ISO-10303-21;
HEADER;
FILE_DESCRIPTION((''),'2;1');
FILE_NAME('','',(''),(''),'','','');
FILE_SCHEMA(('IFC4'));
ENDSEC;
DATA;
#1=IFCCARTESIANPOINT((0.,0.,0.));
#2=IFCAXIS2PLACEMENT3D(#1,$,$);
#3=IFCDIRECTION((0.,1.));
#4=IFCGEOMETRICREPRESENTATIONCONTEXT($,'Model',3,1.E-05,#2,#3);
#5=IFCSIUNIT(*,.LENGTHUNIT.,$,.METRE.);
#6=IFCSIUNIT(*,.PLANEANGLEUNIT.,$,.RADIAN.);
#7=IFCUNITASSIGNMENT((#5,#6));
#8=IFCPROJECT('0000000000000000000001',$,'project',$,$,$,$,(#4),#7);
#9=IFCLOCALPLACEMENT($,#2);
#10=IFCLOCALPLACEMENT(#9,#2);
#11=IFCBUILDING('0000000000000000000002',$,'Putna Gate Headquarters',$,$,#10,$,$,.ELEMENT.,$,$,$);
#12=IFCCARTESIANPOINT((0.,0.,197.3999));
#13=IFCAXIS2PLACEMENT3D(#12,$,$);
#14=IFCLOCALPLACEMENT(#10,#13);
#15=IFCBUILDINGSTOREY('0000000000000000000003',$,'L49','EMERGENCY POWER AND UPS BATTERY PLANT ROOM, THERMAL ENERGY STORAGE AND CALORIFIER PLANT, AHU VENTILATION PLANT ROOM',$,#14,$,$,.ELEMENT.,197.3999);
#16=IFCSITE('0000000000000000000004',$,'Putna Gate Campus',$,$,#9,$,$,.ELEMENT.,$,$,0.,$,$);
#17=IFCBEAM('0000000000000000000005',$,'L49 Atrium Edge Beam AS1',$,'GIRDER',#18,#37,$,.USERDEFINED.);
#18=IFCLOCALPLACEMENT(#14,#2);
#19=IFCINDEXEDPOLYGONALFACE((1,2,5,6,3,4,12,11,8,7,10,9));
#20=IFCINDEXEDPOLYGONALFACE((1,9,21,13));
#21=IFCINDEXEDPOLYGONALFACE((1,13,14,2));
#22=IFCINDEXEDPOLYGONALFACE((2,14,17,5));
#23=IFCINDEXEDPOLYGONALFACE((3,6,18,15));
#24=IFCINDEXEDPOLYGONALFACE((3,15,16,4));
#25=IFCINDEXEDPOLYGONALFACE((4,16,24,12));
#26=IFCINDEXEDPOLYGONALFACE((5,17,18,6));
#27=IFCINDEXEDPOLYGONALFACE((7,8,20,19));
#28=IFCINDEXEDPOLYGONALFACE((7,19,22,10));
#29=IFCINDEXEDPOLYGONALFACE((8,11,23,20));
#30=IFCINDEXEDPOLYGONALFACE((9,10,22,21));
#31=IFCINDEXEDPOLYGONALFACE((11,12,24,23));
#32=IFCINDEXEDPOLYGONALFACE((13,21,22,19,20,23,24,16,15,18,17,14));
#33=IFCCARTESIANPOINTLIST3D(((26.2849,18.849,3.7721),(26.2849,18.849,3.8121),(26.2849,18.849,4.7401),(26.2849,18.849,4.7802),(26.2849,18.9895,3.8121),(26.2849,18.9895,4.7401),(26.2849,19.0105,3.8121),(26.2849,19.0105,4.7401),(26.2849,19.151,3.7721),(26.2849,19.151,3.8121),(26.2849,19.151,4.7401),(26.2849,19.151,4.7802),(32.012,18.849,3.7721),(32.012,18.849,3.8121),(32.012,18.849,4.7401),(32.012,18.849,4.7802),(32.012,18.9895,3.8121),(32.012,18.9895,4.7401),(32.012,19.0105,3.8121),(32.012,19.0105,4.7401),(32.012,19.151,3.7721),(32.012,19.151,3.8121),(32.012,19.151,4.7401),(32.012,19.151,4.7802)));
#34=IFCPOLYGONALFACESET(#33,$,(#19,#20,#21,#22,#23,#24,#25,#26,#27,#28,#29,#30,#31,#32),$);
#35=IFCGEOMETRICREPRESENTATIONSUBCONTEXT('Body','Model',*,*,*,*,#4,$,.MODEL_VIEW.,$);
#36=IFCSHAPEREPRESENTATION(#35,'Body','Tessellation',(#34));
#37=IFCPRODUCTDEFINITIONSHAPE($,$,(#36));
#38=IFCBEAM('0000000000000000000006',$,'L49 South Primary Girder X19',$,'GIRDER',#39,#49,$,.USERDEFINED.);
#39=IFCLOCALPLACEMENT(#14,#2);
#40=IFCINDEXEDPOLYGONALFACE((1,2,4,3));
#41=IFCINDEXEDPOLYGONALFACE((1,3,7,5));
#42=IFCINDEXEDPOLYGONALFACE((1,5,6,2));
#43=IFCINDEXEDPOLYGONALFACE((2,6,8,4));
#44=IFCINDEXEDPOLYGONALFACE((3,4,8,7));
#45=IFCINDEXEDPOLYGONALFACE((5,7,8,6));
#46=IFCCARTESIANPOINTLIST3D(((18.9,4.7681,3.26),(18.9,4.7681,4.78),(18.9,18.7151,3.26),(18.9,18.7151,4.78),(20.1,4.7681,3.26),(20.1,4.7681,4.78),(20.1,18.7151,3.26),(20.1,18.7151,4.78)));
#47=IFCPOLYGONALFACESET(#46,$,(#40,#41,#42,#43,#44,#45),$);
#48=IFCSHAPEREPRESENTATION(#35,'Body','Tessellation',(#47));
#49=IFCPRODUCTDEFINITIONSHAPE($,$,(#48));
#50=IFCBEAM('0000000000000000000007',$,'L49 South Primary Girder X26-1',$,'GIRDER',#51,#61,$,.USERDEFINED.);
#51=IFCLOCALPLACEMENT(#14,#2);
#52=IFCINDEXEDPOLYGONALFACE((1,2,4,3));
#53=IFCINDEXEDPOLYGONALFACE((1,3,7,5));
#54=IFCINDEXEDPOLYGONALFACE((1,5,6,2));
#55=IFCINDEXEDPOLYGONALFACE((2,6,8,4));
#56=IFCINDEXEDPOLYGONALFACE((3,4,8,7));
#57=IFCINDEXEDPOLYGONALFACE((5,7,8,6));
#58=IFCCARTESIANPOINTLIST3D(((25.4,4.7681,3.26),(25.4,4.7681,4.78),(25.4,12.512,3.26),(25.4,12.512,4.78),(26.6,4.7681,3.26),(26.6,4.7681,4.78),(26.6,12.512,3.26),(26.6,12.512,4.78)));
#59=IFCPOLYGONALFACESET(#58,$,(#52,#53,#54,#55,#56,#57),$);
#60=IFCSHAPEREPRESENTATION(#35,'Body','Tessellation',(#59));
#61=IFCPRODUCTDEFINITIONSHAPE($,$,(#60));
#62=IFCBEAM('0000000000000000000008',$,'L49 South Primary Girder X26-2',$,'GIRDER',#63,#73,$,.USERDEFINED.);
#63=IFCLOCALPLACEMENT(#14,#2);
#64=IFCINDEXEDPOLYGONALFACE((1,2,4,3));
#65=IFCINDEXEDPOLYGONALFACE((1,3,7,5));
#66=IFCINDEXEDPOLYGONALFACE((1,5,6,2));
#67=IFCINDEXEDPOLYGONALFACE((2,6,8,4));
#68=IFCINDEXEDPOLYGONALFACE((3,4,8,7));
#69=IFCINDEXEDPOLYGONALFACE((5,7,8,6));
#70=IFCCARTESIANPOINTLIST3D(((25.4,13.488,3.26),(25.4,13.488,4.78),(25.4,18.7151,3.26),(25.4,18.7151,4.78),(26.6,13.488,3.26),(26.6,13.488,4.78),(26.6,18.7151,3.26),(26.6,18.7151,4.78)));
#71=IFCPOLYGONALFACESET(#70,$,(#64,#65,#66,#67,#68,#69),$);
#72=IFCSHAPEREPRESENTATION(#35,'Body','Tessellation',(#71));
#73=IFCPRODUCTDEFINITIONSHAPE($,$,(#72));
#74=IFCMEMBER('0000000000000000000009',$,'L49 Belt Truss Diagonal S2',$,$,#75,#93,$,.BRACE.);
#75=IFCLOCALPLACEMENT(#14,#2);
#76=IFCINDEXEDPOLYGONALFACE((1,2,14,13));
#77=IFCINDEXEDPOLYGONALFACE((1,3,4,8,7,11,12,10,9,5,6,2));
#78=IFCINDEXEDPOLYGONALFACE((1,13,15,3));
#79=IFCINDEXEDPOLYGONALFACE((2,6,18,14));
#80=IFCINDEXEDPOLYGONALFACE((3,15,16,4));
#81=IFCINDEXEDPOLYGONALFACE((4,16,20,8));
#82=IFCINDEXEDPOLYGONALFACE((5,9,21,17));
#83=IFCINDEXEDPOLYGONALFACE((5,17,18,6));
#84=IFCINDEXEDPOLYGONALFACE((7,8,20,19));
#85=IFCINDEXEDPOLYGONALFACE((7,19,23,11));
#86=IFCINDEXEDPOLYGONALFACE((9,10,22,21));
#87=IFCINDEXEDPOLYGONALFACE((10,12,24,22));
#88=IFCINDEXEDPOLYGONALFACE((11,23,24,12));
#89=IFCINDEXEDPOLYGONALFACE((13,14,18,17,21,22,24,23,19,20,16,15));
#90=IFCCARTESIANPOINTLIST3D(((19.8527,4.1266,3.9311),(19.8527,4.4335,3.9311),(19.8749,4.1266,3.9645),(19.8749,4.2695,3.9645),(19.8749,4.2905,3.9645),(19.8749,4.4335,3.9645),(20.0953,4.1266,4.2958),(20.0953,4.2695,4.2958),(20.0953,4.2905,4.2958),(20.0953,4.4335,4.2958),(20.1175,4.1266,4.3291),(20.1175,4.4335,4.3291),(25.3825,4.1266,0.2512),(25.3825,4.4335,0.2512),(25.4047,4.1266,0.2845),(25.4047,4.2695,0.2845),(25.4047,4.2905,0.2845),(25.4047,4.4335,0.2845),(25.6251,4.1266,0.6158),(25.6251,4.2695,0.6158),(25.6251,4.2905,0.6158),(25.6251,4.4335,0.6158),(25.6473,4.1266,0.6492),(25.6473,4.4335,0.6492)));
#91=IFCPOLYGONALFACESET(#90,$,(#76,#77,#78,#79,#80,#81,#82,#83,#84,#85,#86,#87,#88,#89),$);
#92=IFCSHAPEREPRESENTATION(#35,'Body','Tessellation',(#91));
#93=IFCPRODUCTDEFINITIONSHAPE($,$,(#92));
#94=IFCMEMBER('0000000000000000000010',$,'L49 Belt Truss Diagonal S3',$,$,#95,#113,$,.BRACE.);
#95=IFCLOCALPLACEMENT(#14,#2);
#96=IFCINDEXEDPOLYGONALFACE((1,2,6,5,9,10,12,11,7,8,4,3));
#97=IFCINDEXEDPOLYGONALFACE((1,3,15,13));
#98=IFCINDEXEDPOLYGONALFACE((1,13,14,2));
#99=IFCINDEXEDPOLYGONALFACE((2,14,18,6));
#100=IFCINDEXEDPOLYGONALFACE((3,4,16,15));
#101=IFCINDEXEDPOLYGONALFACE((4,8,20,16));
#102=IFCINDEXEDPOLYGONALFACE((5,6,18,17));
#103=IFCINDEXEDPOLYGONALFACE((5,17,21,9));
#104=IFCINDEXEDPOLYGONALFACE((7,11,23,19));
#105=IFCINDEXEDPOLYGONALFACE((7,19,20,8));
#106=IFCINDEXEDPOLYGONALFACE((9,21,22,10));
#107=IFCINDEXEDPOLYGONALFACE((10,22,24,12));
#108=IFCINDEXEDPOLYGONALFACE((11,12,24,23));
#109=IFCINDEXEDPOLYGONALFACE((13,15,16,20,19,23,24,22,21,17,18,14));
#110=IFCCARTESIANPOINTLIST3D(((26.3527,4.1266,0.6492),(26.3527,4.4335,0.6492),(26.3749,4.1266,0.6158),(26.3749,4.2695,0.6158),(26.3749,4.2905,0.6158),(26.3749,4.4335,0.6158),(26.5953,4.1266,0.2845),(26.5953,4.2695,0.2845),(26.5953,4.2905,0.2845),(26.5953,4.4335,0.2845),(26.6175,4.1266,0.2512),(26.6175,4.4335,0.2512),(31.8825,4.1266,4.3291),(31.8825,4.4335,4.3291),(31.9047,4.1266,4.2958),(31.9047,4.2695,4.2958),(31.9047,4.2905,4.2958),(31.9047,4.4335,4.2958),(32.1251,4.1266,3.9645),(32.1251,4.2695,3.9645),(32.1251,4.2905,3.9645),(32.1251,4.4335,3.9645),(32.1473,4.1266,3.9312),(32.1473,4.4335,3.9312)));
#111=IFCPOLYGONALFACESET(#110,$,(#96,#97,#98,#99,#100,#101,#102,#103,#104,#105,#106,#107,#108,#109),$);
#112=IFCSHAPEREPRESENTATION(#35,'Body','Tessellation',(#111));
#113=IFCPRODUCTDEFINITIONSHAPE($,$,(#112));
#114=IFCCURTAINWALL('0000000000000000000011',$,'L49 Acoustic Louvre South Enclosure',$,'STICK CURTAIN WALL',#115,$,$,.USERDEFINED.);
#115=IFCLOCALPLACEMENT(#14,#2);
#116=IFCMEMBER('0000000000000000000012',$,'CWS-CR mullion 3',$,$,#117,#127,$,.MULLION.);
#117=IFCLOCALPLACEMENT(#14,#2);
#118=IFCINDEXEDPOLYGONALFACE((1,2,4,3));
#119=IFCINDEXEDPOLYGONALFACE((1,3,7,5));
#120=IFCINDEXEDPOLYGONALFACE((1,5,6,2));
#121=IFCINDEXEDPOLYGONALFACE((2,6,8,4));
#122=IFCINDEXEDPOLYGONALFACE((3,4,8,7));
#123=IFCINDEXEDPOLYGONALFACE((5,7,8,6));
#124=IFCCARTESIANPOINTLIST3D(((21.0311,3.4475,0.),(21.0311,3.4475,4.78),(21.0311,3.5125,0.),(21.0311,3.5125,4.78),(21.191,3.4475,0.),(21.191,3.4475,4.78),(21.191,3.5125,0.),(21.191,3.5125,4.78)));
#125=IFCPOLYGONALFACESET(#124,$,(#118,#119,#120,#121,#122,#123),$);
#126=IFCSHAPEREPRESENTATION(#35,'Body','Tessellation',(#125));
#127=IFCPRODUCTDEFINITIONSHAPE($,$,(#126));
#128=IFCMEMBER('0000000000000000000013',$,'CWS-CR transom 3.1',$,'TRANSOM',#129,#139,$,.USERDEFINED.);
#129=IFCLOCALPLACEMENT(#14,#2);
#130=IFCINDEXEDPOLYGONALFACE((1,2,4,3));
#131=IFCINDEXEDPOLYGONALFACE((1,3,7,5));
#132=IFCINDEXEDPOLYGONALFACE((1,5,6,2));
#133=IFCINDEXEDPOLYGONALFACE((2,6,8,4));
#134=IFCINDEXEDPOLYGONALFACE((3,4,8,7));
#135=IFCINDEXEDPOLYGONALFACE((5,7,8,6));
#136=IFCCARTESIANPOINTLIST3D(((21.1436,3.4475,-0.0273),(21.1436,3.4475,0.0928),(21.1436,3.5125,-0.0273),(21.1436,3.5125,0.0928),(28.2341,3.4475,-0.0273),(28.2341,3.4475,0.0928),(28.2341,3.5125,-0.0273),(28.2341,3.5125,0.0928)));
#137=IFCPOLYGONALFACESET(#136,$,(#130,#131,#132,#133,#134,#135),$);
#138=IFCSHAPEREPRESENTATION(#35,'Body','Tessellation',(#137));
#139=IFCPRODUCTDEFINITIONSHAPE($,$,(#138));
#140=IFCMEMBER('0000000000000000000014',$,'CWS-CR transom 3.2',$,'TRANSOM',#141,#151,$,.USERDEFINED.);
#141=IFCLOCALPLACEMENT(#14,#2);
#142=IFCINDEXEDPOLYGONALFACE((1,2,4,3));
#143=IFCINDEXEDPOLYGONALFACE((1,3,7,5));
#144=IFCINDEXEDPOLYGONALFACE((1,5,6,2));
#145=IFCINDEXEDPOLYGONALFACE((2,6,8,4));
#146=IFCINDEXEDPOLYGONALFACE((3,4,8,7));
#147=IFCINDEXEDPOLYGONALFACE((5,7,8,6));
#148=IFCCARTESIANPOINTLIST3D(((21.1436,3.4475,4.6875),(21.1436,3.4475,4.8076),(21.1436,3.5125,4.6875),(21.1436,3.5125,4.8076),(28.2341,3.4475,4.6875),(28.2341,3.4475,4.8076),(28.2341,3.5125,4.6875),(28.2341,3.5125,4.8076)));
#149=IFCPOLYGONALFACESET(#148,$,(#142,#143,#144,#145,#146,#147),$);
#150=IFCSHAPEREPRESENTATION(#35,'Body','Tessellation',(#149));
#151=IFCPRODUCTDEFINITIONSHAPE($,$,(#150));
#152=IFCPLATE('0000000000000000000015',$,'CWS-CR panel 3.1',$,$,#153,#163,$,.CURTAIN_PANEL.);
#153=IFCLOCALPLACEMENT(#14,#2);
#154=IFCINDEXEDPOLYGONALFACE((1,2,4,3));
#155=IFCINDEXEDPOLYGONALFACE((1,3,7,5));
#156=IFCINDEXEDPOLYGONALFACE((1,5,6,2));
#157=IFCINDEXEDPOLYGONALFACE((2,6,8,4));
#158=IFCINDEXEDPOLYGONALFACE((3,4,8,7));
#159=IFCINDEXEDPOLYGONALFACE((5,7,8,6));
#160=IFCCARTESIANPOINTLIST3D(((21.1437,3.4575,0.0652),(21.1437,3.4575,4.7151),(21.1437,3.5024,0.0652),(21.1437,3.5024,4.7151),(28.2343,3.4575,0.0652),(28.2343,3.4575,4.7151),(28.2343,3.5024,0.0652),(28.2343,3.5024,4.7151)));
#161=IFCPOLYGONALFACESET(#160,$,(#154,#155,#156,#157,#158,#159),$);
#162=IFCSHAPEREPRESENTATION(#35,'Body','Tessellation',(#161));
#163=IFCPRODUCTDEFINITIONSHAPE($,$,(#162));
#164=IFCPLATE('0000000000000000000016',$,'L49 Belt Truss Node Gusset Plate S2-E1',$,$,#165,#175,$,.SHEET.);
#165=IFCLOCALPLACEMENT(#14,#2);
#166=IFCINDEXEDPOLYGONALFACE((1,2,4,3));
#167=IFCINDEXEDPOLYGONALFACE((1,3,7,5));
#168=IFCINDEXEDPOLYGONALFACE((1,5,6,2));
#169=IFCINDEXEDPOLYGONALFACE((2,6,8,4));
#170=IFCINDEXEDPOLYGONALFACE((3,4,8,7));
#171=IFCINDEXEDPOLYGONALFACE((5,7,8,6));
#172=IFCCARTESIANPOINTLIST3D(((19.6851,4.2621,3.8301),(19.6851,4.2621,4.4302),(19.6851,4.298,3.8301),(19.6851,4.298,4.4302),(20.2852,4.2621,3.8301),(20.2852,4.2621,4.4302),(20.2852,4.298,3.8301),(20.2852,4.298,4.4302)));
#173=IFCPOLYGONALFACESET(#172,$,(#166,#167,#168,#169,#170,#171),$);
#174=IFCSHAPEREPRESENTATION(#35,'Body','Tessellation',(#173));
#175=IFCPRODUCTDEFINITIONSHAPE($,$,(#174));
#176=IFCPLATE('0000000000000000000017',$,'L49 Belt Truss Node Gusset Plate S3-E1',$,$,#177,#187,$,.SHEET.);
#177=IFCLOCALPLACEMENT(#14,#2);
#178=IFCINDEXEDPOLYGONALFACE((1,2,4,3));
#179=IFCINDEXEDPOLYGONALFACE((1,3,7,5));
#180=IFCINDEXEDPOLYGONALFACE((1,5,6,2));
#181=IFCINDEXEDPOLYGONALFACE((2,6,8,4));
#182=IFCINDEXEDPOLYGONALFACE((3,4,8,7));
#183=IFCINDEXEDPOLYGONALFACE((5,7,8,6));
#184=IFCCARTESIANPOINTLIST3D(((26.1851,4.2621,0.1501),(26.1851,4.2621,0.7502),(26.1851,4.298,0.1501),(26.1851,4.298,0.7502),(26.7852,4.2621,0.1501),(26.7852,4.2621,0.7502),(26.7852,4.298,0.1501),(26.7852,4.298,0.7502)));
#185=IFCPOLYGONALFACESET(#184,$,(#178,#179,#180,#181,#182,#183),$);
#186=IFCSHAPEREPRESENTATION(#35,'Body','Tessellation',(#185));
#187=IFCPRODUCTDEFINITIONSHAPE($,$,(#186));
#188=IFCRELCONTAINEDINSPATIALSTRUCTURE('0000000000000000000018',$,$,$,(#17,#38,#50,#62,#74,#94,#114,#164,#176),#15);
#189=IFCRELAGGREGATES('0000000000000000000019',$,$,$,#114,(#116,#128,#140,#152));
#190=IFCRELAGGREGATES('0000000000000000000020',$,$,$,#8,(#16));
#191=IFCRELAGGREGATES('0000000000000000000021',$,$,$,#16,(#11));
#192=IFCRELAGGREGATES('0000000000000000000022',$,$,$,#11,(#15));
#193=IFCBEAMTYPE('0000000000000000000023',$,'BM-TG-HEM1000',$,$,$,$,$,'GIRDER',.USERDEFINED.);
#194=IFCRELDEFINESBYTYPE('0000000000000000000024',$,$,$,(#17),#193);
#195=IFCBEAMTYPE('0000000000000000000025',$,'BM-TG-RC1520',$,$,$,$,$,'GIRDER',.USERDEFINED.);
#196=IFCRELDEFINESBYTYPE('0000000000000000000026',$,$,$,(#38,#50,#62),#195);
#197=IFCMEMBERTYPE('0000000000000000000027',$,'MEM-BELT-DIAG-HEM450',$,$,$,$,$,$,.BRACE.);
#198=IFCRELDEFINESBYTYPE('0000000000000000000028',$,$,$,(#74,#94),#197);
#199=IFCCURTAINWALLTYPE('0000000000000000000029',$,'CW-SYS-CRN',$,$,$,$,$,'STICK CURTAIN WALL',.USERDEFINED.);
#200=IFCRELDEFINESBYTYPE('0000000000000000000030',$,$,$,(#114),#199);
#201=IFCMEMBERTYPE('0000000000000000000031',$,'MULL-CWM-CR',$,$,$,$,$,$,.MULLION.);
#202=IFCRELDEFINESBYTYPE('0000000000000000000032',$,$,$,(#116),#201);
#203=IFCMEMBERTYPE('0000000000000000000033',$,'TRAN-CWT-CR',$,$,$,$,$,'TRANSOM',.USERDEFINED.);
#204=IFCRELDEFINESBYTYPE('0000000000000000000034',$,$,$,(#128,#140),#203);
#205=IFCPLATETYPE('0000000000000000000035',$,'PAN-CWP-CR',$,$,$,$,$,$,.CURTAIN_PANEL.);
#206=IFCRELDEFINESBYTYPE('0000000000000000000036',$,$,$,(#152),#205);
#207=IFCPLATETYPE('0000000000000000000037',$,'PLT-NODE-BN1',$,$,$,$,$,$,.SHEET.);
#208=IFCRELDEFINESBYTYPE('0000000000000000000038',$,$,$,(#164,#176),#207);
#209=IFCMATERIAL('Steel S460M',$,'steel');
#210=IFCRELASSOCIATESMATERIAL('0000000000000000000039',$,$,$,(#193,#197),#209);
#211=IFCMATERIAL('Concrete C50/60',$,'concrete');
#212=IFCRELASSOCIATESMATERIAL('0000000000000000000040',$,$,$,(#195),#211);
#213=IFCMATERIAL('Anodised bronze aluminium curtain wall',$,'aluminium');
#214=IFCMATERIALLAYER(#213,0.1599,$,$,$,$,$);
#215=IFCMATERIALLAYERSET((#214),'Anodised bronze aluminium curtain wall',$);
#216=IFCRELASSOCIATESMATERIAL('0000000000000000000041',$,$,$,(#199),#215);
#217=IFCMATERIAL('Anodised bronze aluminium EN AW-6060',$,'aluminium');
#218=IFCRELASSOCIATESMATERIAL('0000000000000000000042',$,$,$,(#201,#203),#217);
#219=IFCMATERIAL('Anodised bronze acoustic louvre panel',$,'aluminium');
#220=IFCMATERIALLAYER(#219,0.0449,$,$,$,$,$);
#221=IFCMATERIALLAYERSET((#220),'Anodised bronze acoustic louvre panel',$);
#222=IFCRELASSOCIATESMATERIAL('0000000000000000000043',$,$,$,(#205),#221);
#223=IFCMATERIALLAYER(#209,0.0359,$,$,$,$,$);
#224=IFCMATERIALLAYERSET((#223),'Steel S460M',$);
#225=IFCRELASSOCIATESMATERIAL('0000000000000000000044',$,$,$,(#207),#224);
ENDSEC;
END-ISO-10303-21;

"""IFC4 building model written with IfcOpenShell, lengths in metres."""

from ifc_helpers import new_model, si_unit, direction, frame, origin, origin_2d, place, context, subcontext, project, spatial, rectangle, i_section, extrude, material, layer, layer_set, material_profile, profile_set, type_object, element, aggregate, save


model = new_model("IFC4")

# Units and contexts
model_context = context("Model", 3, precision=1e-05, world=origin(), true_north=direction((0.0, 1.0)))
body_context = subcontext(model_context, "Body", "Model", "MODEL_VIEW")
ifc_project = project(units=[si_unit("LENGTHUNIT", "METRE"), si_unit("PLANEANGLEUNIT", "RADIAN")], contexts=[model_context])

# Site, building, storey
site_placement = place(None, origin())
site = spatial("IfcSite", under=ifc_project, at=site_placement, Name="Putna Gate Campus", CompositionType="ELEMENT", RefElevation=0.0)
building_placement = place(site_placement, origin())
building = spatial("IfcBuilding", under=site, at=building_placement, Name="Putna Gate Headquarters", CompositionType="ELEMENT")
storey_placement = place(building_placement, frame((0.0, 0.0, 197.3999)))
storey = spatial("IfcBuildingStorey", under=building, at=storey_placement, Name="L49", Description="EMERGENCY POWER AND UPS BATTERY PLANT ROOM, THERMAL ENERGY STORAGE AND CALORIFIER PLANT, AHU VENTILATION PLANT ROOM", CompositionType="ELEMENT", Elevation=197.3999)

# Shared definitions
ifc_material_1 = material(Name="Concrete C50/60", Category="concrete")

# Beams
ifc_material_2 = material(Name="Steel S460M", Category="steel")
ifc_material_profile_1 = material_profile(ifc_material_2, i_section(OverallWidth=0.302, OverallDepth=1.0081, WebThickness=0.021, FlangeThickness=0.04, at=origin_2d()), Name="Steel S460M")
ifc_profile_set_1 = profile_set([ifc_material_profile_1], Name="Steel S460M")
beam_type_1 = type_object("IfcBeamType", Name="BM-TG-HEM1000", ElementType="GIRDER", PredefinedType="USERDEFINED", material=ifc_profile_set_1)
beam_1_placement = place(storey_placement, frame((26.2849, 19.0, 4.2761), z_axis=(1.0, 0.0, 0.0), x_axis=(0.0, 1.0, 0.0)))
element("IfcBeam", 1, at=beam_1_placement, inside=storey, type_object=beam_type_1, Name="L49 Atrium Edge Beam AS1", ObjectType="GIRDER", PredefinedType="USERDEFINED", context=body_context, shape_type="SweptSolid", body=[
    extrude(i_section(OverallWidth=0.302, OverallDepth=1.0081, WebThickness=0.021, FlangeThickness=0.04, at=origin_2d()), origin(), (0.0, 0.0, 1.0), 5.7271),
])
ifc_material_profile_2 = material_profile(ifc_material_1, rectangle(XDim=1.2, YDim=1.52, at=origin_2d()), Name="Concrete C50/60")
ifc_profile_set_2 = profile_set([ifc_material_profile_2], Name="Concrete C50/60")
beam_type_2 = type_object("IfcBeamType", Name="BM-TG-RC1520", ElementType="GIRDER", PredefinedType="USERDEFINED", material=ifc_profile_set_2)
beam_2_placement = place(storey_placement, frame((19.5, 4.7681, 4.02), z_axis=(0.0, 1.0, 0.0), x_axis=(-1.0, 0.0, 0.0)))
element("IfcBeam", 2, at=beam_2_placement, inside=storey, type_object=beam_type_2, Name="L49 South Primary Girder X19", ObjectType="GIRDER", PredefinedType="USERDEFINED", context=body_context, shape_type="SweptSolid", body=[
    extrude(rectangle(XDim=1.2, YDim=1.52, at=origin_2d()), origin(), (0.0, 0.0, 1.0), 13.947),
])
beam_3_placement = place(storey_placement, frame((26.0, 4.7681, 4.02), z_axis=(0.0, 1.0, 0.0), x_axis=(-1.0, 0.0, 0.0)))
element("IfcBeam", 3, at=beam_3_placement, inside=storey, type_object=beam_type_2, Name="L49 South Primary Girder X26-1", ObjectType="GIRDER", PredefinedType="USERDEFINED", context=body_context, shape_type="SweptSolid", body=[
    extrude(rectangle(XDim=1.2, YDim=1.52, at=origin_2d()), origin(), (0.0, 0.0, 1.0), 7.7439),
])
beam_4_placement = place(storey_placement, frame((26.0, 13.488, 4.02), z_axis=(0.0, 1.0, 0.0), x_axis=(-1.0, 0.0, 0.0)))
element("IfcBeam", 4, at=beam_4_placement, inside=storey, type_object=beam_type_2, Name="L49 South Primary Girder X26-2", ObjectType="GIRDER", PredefinedType="USERDEFINED", context=body_context, shape_type="SweptSolid", body=[
    extrude(rectangle(XDim=1.2, YDim=1.52, at=origin_2d()), origin(), (0.0, 0.0, 1.0), 5.2271),
])

# Members
ifc_material_profile_3 = material_profile(ifc_material_2, i_section(OverallWidth=0.3069, OverallDepth=0.478, WebThickness=0.021, FlangeThickness=0.04, at=origin_2d()), Name="Steel S460M")
ifc_profile_set_3 = profile_set([ifc_material_profile_3], Name="Steel S460M")
member_type_1 = type_object("IfcMemberType", Name="MEM-BELT-DIAG-HEM450", PredefinedType="BRACE", material=ifc_profile_set_3)
for number, where, z_axis, x_axis, name in (
    (5, (19.9851, 4.28, 4.1301), (0.832508, 0.0, -0.554013), (0.0, 1.0, 0.0), "L49 Belt Truss Diagonal S2"),
    (6, (26.4851, 4.28, 0.4502), (0.832508, 0.0, 0.554013), (0.0, 1.0, 0.0), "L49 Belt Truss Diagonal S3"),
):
    element("IfcMember", number, at=place(storey_placement, frame(where, z_axis=z_axis, x_axis=x_axis)), inside=storey, type_object=member_type_1, Name=name, PredefinedType="BRACE", context=body_context, shape_type="SweptSolid", body=[
        extrude(i_section(OverallWidth=0.3069, OverallDepth=0.478, WebThickness=0.021, FlangeThickness=0.04, at=origin_2d()), origin(), (0.0, 0.0, 1.0), 6.6423),
    ])

# Curtain wall, members, plate
ifc_material_3 = material(Name="Anodised bronze aluminium curtain wall", Category="aluminium")
ifc_layer_1 = layer(ifc_material_3, 0.1599)
ifc_layer_set_1 = layer_set([ifc_layer_1], Name="Anodised bronze aluminium curtain wall")
curtain_wall_type = type_object("IfcCurtainWallType", Name="CW-SYS-CRN", ElementType="STICK CURTAIN WALL", PredefinedType="USERDEFINED", material=ifc_layer_set_1)
curtain_wall_placement = place(storey_placement, origin())
curtain_wall = element("IfcCurtainWall", 7, at=curtain_wall_placement, inside=storey, type_object=curtain_wall_type, Name="L49 Acoustic Louvre South Enclosure", ObjectType="STICK CURTAIN WALL", PredefinedType="USERDEFINED")
ifc_material_4 = material(Name="Anodised bronze aluminium EN AW-6060", Category="aluminium")
ifc_material_profile_4 = material_profile(ifc_material_4, rectangle(XDim=0.0649, YDim=0.1599, at=origin_2d()), Name="Anodised bronze aluminium EN AW-6060")
ifc_profile_set_4 = profile_set([ifc_material_profile_4], Name="Anodised bronze aluminium EN AW-6060")
member_type_2 = type_object("IfcMemberType", Name="MULL-CWM-CR", PredefinedType="MULLION", material=ifc_profile_set_4)
member_1_placement = place(storey_placement, frame((21.1111, 3.48, 0.0), z_axis=(0.0, 0.0, 1.0), x_axis=(0.0, 1.0, 0.0)))
member_1 = element("IfcMember", 8, at=member_1_placement, type_object=member_type_2, Name="CWS-CR mullion 3", PredefinedType="MULLION", context=body_context, shape_type="SweptSolid", body=[
    extrude(rectangle(XDim=0.0649, YDim=0.1599, at=origin_2d()), origin(), (0.0, 0.0, 1.0), 4.78),
])
ifc_material_profile_5 = material_profile(ifc_material_4, rectangle(XDim=0.0649, YDim=0.1201, at=origin_2d()), Name="Anodised bronze aluminium EN AW-6060")
ifc_profile_set_5 = profile_set([ifc_material_profile_5], Name="Anodised bronze aluminium EN AW-6060")
member_type_3 = type_object("IfcMemberType", Name="TRAN-CWT-CR", ElementType="TRANSOM", PredefinedType="USERDEFINED", material=ifc_profile_set_5)
member_2_placement = place(storey_placement, frame((21.1436, 3.48, 0.0327), z_axis=(1.0, 0.0, 0.0), x_axis=(0.0, 1.0, 0.0)))
member_2 = element("IfcMember", 9, at=member_2_placement, type_object=member_type_3, Name="CWS-CR transom 3.1", ObjectType="TRANSOM", PredefinedType="USERDEFINED", context=body_context, shape_type="SweptSolid", body=[
    extrude(rectangle(XDim=0.0649, YDim=0.1201, at=origin_2d()), origin(), (0.0, 0.0, 1.0), 7.0906),
])
member_3_placement = place(storey_placement, frame((21.1436, 3.48, 4.7476), z_axis=(1.0, 0.0, 0.0), x_axis=(0.0, 1.0, 0.0)))
member_3 = element("IfcMember", 10, at=member_3_placement, type_object=member_type_3, Name="CWS-CR transom 3.2", ObjectType="TRANSOM", PredefinedType="USERDEFINED", context=body_context, shape_type="SweptSolid", body=[
    extrude(rectangle(XDim=0.0649, YDim=0.1201, at=origin_2d()), origin(), (0.0, 0.0, 1.0), 7.0906),
])
ifc_material_5 = material(Name="Anodised bronze acoustic louvre panel", Category="aluminium")
ifc_layer_2 = layer(ifc_material_5, 0.0449)
ifc_layer_set_2 = layer_set([ifc_layer_2], Name="Anodised bronze acoustic louvre panel")
plate_type_1 = type_object("IfcPlateType", Name="PAN-CWP-CR", PredefinedType="CURTAIN_PANEL", material=ifc_layer_set_2)
plate_1_placement = place(storey_placement, frame((24.689, 3.48, 0.0652), z_axis=(0.0, 0.0, 1.0), x_axis=(1.0, 0.0, 0.0)))
plate_1 = element("IfcPlate", 11, at=plate_1_placement, type_object=plate_type_1, Name="CWS-CR panel 3.1", PredefinedType="CURTAIN_PANEL", context=body_context, shape_type="SweptSolid", body=[
    extrude(rectangle(XDim=7.0906, YDim=0.0449, at=origin_2d()), origin(), (0.0, 0.0, 1.0), 4.6499),
])
aggregate(curtain_wall, [member_1, member_2, member_3, plate_1])

# Plates
ifc_layer_3 = layer(ifc_material_2, 0.0359)
ifc_layer_set_3 = layer_set([ifc_layer_3], Name="Steel S460M")
plate_type_2 = type_object("IfcPlateType", Name="PLT-NODE-BN1", PredefinedType="SHEET", material=ifc_layer_set_3)
for number, where, z_axis, x_axis, name in (
    (12, (19.9851, 4.28, 3.8301), (0.0, 0.0, 1.0), (1.0, 0.0, 0.0), "L49 Belt Truss Node Gusset Plate S2-E1"),
    (13, (26.4851, 4.28, 0.1501), (0.0, 0.0, 1.0), (1.0, 0.0, 0.0), "L49 Belt Truss Node Gusset Plate S3-E1"),
):
    element("IfcPlate", number, at=place(storey_placement, frame(where, z_axis=z_axis, x_axis=x_axis)), inside=storey, type_object=plate_type_2, Name=name, PredefinedType="SHEET", context=body_context, shape_type="SweptSolid", body=[
        extrude(rectangle(XDim=0.6001, YDim=0.0359, at=origin_2d()), origin(), (0.0, 0.0, 1.0), 0.6001),
    ])

save(model, "model.ifc")
